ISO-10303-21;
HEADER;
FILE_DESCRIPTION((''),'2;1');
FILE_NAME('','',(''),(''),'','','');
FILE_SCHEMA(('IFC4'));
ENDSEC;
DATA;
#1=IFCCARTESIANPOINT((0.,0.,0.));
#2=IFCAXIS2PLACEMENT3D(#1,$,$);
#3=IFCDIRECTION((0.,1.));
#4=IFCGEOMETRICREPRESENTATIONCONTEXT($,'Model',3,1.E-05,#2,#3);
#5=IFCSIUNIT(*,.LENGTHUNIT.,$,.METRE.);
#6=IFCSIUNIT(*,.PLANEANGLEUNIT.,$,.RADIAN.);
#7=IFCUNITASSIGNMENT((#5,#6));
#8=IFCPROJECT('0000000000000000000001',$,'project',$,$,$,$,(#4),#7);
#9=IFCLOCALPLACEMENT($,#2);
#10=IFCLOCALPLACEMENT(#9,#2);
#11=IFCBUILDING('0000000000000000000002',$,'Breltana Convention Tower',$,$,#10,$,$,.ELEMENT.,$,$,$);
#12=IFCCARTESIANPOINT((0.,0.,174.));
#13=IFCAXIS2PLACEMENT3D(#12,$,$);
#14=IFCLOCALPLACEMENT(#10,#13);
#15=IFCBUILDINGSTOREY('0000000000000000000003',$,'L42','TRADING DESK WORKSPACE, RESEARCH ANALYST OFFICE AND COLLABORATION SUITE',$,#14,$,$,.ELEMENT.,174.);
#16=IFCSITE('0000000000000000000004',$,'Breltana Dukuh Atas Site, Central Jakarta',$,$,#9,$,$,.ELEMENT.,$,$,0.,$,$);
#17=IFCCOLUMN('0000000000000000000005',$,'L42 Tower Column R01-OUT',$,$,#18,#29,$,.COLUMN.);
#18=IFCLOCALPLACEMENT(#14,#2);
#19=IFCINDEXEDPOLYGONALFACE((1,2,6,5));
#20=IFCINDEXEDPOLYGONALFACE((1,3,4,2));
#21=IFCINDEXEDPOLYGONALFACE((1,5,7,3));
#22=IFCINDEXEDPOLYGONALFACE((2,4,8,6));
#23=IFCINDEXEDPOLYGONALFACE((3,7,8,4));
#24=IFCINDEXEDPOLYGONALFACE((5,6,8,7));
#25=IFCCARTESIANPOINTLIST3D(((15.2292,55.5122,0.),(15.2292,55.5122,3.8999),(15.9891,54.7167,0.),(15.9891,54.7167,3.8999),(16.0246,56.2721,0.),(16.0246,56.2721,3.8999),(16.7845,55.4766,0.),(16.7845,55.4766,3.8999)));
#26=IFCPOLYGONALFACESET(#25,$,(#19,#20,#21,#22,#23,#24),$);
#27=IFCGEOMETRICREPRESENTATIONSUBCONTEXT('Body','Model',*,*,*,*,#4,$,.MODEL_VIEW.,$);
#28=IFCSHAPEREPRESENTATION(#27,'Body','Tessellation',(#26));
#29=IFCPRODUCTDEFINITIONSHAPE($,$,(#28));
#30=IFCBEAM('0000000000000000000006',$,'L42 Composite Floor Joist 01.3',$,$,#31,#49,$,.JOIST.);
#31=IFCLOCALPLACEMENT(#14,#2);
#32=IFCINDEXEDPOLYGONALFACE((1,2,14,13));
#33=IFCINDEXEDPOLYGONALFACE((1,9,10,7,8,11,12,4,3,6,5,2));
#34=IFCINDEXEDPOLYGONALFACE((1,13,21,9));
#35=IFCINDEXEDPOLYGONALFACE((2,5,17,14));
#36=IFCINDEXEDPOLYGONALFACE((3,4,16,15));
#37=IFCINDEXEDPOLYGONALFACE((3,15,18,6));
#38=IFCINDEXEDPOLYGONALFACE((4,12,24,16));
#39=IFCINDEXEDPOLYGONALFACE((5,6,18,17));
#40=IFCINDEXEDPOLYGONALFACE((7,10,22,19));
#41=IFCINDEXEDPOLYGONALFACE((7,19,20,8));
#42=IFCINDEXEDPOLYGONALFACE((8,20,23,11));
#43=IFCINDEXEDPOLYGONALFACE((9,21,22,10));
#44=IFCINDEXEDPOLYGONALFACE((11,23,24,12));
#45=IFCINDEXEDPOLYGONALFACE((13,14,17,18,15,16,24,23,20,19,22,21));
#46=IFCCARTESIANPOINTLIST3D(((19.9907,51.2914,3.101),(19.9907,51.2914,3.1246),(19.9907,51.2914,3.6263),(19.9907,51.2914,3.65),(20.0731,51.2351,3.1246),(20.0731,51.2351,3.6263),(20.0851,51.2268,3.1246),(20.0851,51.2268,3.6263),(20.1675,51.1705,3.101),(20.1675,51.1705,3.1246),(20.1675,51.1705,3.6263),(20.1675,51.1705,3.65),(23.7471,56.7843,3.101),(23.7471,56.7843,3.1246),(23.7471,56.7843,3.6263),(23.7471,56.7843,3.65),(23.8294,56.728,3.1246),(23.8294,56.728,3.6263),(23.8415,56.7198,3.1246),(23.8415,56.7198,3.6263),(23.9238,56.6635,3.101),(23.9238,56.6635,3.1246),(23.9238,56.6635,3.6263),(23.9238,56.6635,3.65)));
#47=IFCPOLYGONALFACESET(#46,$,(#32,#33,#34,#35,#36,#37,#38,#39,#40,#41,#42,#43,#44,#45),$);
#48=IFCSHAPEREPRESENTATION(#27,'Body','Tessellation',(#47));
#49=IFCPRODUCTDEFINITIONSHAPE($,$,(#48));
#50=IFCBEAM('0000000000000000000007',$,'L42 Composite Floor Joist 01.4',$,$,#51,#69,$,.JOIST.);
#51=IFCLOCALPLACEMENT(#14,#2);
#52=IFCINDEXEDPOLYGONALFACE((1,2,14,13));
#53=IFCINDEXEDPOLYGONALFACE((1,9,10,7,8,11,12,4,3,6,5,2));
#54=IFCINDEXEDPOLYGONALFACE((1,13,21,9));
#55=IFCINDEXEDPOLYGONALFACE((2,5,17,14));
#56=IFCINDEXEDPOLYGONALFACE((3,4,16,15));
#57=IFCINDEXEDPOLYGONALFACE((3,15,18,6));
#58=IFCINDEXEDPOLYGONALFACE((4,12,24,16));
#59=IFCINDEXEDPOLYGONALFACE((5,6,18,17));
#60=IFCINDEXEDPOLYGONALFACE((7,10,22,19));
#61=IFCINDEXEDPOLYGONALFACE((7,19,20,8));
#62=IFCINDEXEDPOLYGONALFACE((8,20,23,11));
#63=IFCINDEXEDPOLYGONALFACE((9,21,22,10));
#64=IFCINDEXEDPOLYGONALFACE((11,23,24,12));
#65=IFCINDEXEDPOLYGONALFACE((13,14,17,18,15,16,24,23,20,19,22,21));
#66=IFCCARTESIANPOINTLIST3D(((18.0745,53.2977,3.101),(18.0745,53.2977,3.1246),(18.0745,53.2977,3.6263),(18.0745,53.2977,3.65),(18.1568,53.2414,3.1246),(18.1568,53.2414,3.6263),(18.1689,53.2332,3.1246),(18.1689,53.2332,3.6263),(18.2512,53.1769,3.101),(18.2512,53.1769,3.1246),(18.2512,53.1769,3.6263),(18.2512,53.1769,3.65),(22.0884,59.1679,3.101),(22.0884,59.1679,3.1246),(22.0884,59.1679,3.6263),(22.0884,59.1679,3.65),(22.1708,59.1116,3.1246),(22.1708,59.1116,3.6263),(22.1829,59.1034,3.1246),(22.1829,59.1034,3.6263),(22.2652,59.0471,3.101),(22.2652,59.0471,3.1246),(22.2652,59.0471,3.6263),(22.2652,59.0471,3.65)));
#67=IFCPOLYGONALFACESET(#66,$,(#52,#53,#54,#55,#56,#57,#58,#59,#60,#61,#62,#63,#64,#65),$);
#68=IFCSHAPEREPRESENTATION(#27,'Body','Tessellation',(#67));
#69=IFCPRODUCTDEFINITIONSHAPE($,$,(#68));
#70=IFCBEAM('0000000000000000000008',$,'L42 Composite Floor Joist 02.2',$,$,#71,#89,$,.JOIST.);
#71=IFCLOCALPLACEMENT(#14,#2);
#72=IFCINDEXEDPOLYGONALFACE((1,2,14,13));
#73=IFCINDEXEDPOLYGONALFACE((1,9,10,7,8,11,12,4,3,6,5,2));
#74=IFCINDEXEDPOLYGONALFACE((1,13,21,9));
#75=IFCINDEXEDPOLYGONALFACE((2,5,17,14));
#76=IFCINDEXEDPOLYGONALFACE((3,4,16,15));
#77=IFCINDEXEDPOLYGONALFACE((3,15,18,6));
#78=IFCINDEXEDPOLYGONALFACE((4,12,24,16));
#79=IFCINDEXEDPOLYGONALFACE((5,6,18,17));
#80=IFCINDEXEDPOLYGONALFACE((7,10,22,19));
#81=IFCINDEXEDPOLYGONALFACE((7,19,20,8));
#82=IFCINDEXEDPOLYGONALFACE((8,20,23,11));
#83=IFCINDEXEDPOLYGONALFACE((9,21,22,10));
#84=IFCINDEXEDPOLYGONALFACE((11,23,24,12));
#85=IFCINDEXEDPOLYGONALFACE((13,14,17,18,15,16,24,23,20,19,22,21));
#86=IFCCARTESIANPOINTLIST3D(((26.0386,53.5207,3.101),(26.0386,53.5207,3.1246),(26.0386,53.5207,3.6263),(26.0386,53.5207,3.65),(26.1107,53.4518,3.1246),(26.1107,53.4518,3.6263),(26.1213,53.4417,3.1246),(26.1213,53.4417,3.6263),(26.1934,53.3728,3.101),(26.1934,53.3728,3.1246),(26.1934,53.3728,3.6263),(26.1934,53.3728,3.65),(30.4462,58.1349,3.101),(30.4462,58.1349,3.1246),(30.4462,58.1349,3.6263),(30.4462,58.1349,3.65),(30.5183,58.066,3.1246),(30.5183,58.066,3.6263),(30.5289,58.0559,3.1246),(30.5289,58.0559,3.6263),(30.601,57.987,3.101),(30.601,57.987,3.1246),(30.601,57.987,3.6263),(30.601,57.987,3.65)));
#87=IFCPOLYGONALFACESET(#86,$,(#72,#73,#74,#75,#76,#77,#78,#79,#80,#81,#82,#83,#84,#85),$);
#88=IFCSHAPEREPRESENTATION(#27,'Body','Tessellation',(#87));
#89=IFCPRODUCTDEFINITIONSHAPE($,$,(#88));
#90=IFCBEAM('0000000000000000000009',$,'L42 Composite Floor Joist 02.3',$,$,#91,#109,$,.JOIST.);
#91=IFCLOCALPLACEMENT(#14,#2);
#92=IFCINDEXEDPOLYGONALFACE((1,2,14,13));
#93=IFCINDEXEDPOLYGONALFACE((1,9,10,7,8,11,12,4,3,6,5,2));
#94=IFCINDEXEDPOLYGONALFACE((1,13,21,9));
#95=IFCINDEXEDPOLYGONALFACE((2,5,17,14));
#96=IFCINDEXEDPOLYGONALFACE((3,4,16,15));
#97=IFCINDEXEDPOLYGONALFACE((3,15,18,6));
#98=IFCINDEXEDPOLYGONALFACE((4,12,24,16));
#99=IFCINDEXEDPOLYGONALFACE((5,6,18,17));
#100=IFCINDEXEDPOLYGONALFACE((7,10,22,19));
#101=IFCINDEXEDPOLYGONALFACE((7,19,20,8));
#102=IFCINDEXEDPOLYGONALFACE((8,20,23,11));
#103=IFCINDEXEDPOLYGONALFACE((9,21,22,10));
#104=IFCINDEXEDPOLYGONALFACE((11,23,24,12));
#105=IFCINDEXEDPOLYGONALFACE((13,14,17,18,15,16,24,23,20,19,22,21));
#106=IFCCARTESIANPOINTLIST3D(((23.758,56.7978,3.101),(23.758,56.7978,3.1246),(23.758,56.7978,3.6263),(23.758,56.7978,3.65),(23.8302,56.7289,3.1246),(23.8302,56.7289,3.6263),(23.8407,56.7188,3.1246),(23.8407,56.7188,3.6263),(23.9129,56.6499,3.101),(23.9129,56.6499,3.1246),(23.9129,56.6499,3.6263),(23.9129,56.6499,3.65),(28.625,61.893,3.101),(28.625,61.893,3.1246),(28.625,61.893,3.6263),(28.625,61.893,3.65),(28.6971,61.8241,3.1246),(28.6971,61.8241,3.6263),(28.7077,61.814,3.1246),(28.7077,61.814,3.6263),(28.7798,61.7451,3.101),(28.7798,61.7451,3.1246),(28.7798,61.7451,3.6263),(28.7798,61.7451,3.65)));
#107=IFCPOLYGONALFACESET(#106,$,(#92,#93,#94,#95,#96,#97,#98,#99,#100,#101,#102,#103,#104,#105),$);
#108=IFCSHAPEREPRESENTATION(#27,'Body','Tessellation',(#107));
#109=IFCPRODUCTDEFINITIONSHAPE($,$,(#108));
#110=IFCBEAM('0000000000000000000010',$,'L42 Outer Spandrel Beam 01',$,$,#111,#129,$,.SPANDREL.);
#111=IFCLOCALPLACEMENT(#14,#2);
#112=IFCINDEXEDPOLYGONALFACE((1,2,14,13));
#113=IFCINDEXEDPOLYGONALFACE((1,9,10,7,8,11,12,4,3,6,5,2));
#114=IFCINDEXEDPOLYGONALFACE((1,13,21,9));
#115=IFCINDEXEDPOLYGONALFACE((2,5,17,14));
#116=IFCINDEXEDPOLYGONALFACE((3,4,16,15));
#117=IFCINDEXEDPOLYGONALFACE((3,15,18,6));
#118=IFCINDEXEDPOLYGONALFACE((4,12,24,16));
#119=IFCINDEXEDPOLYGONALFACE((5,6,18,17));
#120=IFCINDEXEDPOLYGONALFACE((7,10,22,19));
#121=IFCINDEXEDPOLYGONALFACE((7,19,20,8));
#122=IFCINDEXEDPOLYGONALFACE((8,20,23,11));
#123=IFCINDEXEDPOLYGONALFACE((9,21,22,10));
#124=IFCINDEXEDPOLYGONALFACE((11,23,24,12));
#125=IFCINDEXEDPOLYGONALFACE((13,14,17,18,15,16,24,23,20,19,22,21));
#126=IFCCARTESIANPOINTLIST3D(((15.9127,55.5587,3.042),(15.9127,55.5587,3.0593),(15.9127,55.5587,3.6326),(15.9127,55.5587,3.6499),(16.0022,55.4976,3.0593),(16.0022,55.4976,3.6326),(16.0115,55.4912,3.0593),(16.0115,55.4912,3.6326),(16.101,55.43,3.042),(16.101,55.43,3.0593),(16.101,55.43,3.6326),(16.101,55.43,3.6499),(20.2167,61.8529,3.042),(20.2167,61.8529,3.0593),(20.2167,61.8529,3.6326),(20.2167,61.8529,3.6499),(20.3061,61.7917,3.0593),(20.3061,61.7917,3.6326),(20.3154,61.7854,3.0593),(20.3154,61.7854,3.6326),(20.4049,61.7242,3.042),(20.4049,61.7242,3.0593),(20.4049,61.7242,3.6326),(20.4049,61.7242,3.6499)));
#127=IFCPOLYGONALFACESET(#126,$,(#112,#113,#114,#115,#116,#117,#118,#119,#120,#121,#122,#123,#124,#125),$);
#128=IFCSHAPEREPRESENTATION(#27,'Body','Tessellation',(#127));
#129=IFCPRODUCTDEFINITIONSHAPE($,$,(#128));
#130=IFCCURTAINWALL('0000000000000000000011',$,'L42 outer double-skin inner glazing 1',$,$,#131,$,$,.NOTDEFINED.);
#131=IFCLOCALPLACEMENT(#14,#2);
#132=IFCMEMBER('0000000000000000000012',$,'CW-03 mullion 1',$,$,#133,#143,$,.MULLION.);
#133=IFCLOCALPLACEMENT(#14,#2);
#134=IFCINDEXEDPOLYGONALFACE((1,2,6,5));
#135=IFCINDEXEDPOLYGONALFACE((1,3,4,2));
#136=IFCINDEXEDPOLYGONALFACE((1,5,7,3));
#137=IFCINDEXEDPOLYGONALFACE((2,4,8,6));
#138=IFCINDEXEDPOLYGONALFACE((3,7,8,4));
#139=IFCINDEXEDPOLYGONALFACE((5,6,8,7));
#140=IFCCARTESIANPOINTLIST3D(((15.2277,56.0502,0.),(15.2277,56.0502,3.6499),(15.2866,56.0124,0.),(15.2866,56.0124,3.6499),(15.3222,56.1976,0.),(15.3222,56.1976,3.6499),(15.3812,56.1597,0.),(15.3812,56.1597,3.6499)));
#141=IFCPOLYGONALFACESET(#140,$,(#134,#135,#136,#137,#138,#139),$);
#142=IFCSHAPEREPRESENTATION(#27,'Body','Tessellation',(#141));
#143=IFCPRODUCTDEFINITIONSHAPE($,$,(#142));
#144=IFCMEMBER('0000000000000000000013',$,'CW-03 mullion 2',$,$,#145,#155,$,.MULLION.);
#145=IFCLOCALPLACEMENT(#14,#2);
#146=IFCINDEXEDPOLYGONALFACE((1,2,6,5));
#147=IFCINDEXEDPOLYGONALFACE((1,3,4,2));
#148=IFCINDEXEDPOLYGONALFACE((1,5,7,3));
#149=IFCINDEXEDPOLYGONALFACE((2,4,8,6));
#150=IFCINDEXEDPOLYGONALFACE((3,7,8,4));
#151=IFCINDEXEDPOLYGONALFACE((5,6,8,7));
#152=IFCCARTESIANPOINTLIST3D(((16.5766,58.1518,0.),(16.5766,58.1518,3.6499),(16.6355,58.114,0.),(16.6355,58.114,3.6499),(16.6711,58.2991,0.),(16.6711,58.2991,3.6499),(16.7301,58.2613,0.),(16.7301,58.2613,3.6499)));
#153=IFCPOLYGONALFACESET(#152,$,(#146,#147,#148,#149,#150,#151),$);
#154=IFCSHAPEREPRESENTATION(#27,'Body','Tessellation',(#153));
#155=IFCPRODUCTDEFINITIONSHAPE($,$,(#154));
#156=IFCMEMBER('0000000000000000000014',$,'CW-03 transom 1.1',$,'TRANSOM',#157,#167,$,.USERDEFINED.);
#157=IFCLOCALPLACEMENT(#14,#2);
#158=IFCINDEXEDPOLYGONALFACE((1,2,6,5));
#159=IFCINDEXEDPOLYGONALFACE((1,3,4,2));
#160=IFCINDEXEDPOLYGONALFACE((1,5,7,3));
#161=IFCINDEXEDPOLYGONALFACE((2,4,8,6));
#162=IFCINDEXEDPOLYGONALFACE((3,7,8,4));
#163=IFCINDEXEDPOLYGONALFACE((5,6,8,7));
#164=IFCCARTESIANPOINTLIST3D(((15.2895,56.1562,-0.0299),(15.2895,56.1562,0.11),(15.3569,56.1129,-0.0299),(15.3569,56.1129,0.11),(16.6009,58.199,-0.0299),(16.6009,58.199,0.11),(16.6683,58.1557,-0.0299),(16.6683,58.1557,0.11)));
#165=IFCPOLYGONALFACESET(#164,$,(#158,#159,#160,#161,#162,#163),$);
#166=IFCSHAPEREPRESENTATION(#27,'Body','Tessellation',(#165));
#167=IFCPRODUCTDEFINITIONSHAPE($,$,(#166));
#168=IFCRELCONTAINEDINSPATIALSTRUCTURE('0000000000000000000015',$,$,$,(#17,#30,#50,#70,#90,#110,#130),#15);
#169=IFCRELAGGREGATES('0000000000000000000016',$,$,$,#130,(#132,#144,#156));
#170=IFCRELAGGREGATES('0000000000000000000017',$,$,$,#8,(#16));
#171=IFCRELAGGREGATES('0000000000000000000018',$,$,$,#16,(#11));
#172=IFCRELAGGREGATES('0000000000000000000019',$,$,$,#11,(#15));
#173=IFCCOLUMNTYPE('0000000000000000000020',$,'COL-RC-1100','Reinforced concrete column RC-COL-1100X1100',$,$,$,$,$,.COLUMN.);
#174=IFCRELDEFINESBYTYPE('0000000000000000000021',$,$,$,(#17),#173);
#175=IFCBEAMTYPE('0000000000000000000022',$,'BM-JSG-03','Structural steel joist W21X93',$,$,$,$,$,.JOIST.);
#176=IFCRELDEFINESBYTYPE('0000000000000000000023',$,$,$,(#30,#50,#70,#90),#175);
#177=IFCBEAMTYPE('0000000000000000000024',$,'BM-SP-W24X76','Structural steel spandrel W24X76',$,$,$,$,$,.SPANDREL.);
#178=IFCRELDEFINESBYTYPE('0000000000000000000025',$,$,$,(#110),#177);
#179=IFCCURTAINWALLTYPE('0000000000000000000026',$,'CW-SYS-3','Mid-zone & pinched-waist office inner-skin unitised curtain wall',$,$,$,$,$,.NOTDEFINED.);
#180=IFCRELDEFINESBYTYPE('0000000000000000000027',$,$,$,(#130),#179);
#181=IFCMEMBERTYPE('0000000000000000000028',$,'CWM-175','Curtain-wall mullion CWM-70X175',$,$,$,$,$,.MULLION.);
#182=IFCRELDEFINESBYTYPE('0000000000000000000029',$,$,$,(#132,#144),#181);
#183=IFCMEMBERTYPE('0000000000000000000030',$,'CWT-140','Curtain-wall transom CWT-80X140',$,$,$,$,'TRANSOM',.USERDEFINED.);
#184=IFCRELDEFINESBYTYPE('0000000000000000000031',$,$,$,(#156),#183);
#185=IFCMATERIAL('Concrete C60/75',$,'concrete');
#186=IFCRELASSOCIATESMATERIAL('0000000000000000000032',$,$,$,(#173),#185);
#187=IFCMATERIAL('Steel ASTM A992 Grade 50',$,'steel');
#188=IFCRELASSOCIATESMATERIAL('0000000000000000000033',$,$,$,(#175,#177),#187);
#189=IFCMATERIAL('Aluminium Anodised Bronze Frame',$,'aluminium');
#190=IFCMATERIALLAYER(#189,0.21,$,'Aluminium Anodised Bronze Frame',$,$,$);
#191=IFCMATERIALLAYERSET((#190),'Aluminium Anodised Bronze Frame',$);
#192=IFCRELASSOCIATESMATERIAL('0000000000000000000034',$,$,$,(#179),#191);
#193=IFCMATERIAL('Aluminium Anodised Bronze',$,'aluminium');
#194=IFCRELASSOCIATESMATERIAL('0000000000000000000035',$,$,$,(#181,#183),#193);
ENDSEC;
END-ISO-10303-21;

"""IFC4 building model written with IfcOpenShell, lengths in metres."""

from ifc_helpers import new_model, si_unit, direction, frame, origin, origin_2d, place, context, subcontext, project, spatial, rectangle, i_section, extrude, source, transform, mapped, material, layer, layer_set, material_profile, profile_set, type_object, type_shapes, element, aggregate, save


model = new_model("IFC4")

# Units and contexts
model_context = context("Model", 3, precision=1e-05, world=origin(), true_north=direction((0.0, 1.0)))
body_context = subcontext(model_context, "Body", "Model", "MODEL_VIEW")
ifc_project = project(units=[si_unit("LENGTHUNIT", "METRE"), si_unit("PLANEANGLEUNIT", "RADIAN")], contexts=[model_context])

# Site, building, storey
site_placement = place(None, origin())
site = spatial("IfcSite", under=ifc_project, at=site_placement, Name="Breltana Dukuh Atas Site, Central Jakarta", CompositionType="ELEMENT", RefElevation=0.0)
building_placement = place(site_placement, origin())
building = spatial("IfcBuilding", under=site, at=building_placement, Name="Breltana Convention Tower", CompositionType="ELEMENT")
storey_placement = place(building_placement, frame((0.0, 0.0, 174.0)))
storey = spatial("IfcBuildingStorey", under=building, at=storey_placement, Name="L42", Description="TRADING DESK WORKSPACE, RESEARCH ANALYST OFFICE AND COLLABORATION SUITE", CompositionType="ELEMENT", Elevation=174.0)

# Column
ifc_material_1 = material(Name="Concrete C60/75", Category="concrete")
ifc_material_profile_1 = material_profile(ifc_material_1, rectangle(XDim=1.1001, YDim=1.1001, at=origin_2d()), Name="RC-COL-1100X1100")
ifc_profile_set_1 = profile_set([ifc_material_profile_1], Name="Concrete C60/75")
column_type = type_object("IfcColumnType", Name="COL-RC-1100", Description="Reinforced concrete column RC-COL-1100X1100", PredefinedType="COLUMN", material=ifc_profile_set_1)
shared_shape_1 = source(origin(), body_context, "Body", "SweptSolid", [
    extrude(rectangle(XDim=1.1001, YDim=1.1001, at=origin_2d()), origin(), (0.0, 0.0, 1.0), 3.8999),
])
column_placement = place(storey_placement, frame((16.0068, 55.4944, 0.0), z_axis=(0.0, 0.0, 1.0), x_axis=(-0.690756, 0.723088, 0.0)))
element("IfcColumn", 1, at=column_placement, inside=storey, type_object=column_type, Name="L42 Tower Column R01-OUT", PredefinedType="COLUMN", context=body_context, shape_type="MappedRepresentation", body=[
    mapped(shared_shape_1, transform((0.0, 0.0, 0.0), scale=1.0)),
])

# Beams
ifc_material_2 = material(Name="Steel ASTM A992 Grade 50", Category="steel")
ifc_material_profile_2 = material_profile(ifc_material_2, i_section(OverallWidth=0.2141, OverallDepth=0.5491, WebThickness=0.0146, FlangeThickness=0.0237, at=origin_2d()), Name="W21X93")
ifc_profile_set_2 = profile_set([ifc_material_profile_2], Name="Steel ASTM A992 Grade 50")
beam_type_1 = type_object("IfcBeamType", Name="BM-JSG-03", Description="Structural steel joist W21X93", PredefinedType="JOIST", material=ifc_profile_set_2)
shared_shape_2 = source(origin(), body_context, "Body", "SweptSolid", [
    extrude(i_section(OverallWidth=0.2141, OverallDepth=0.5491, WebThickness=0.0146, FlangeThickness=0.0237, at=origin_2d()), origin(), (0.0, 0.0, 1.0), 6.6545),
])
beam_1_placement = place(storey_placement, frame((20.0791, 51.231, 3.3755), z_axis=(0.564483, 0.825445, 0.0), x_axis=(-0.825445, 0.564483, 0.0)))
element("IfcBeam", 2, at=beam_1_placement, inside=storey, type_object=beam_type_1, Name="L42 Composite Floor Joist 01.3", PredefinedType="JOIST", context=body_context, shape_type="MappedRepresentation", body=[
    mapped(shared_shape_2, transform((0.0, 0.0, 0.0), scale=1.0)),
])
shared_shape_3 = source(origin(), body_context, "Body", "SweptSolid", [
    extrude(i_section(OverallWidth=0.2141, OverallDepth=0.5491, WebThickness=0.0146, FlangeThickness=0.0237, at=origin_2d()), origin(), (0.0, 0.0, 1.0), 7.1113),
])
beam_2_placement = place(storey_placement, frame((18.1628, 53.2373, 3.3755), z_axis=(0.564446, 0.82547, 0.0), x_axis=(-0.82547, 0.564446, 0.0)))
element("IfcBeam", 3, at=beam_2_placement, inside=storey, type_object=beam_type_1, Name="L42 Composite Floor Joist 01.4", PredefinedType="JOIST", context=body_context, shape_type="MappedRepresentation", body=[
    mapped(shared_shape_3, transform((0.0, 0.0, 0.0), scale=1.0)),
])
shared_shape_4 = source(origin(), body_context, "Body", "SweptSolid", [
    extrude(i_section(OverallWidth=0.2141, OverallDepth=0.5491, WebThickness=0.0146, FlangeThickness=0.0237, at=origin_2d()), origin(), (0.0, 0.0, 1.0), 6.3811),
])
beam_3_placement = place(storey_placement, frame((26.116, 53.4468, 3.3755), z_axis=(0.690738, 0.723105, 0.0), x_axis=(-0.723105, 0.690738, 0.0)))
element("IfcBeam", 4, at=beam_3_placement, inside=storey, type_object=beam_type_1, Name="L42 Composite Floor Joist 02.2", PredefinedType="JOIST", context=body_context, shape_type="MappedRepresentation", body=[
    mapped(shared_shape_4, transform((0.0, 0.0, 0.0), scale=1.0)),
])
shared_shape_5 = source(origin(), body_context, "Body", "SweptSolid", [
    extrude(i_section(OverallWidth=0.2141, OverallDepth=0.5491, WebThickness=0.0146, FlangeThickness=0.0237, at=origin_2d()), origin(), (0.0, 0.0, 1.0), 7.0461),
])
beam_4_placement = place(storey_placement, frame((23.8354, 56.7239, 3.3755), z_axis=(0.690723, 0.72312, 0.0), x_axis=(-0.72312, 0.690723, 0.0)))
element("IfcBeam", 5, at=beam_4_placement, inside=storey, type_object=beam_type_1, Name="L42 Composite Floor Joist 02.3", PredefinedType="JOIST", context=body_context, shape_type="MappedRepresentation", body=[
    mapped(shared_shape_5, transform((0.0, 0.0, 0.0), scale=1.0)),
])
ifc_material_profile_3 = material_profile(ifc_material_2, i_section(OverallWidth=0.228, OverallDepth=0.6079, WebThickness=0.0112, FlangeThickness=0.0173, at=origin_2d()), Name="W24X76")
ifc_profile_set_3 = profile_set([ifc_material_profile_3], Name="Steel ASTM A992 Grade 50")
beam_type_2 = type_object("IfcBeamType", Name="BM-SP-W24X76", Description="Structural steel spandrel W24X76", PredefinedType="SPANDREL", material=ifc_profile_set_3)
shared_shape_6 = source(origin(), body_context, "Body", "SweptSolid", [
    extrude(i_section(OverallWidth=0.228, OverallDepth=0.6079, WebThickness=0.0112, FlangeThickness=0.0173, at=origin_2d()), origin(), (0.0, 0.0, 1.0), 7.625),
])
type_shapes(beam_type_2, [shared_shape_6])
beam_5_placement = place(storey_placement, frame((16.0068, 55.4944, 3.3459), z_axis=(0.564452, 0.825466, 0.0), x_axis=(-0.825466, 0.564452, 0.0)))
element("IfcBeam", 6, at=beam_5_placement, inside=storey, type_object=beam_type_2, Name="L42 Outer Spandrel Beam 01", PredefinedType="SPANDREL", context=body_context, shape_type="MappedRepresentation", body=[
    mapped(shared_shape_6, transform((0.0, 0.0, 0.0), scale=1.0)),
])

# Curtain wall, members
ifc_material_3 = material(Name="Aluminium Anodised Bronze Frame", Category="aluminium")
ifc_layer_1 = layer(ifc_material_3, 0.21, Name="Aluminium Anodised Bronze Frame")
ifc_layer_set_1 = layer_set([ifc_layer_1], Name="Aluminium Anodised Bronze Frame")
curtain_wall_type = type_object("IfcCurtainWallType", Name="CW-SYS-3", Description="Mid-zone & pinched-waist office inner-skin unitised curtain wall", PredefinedType="NOTDEFINED", material=ifc_layer_set_1)
curtain_wall_placement = place(storey_placement, origin())
curtain_wall = element("IfcCurtainWall", 7, at=curtain_wall_placement, inside=storey, type_object=curtain_wall_type, Name="L42 outer double-skin inner glazing 1", PredefinedType="NOTDEFINED")
ifc_material_4 = material(Name="Aluminium Anodised Bronze", Category="aluminium")
ifc_material_profile_4 = material_profile(ifc_material_4, rectangle(XDim=0.0701, YDim=0.175, at=origin_2d()), Name="CWM-70X175")
ifc_profile_set_4 = profile_set([ifc_material_profile_4], Name="Aluminium Anodised Bronze")
member_type_1 = type_object("IfcMemberType", Name="CWM-175", Description="Curtain-wall mullion CWM-70X175", PredefinedType="MULLION", material=ifc_profile_set_4)
shared_shape_7 = source(origin(), body_context, "Body", "SweptSolid", [
    extrude(rectangle(XDim=0.0701, YDim=0.175, at=origin_2d()), origin(), (0.0, 0.0, 1.0), 3.6499),
])
member_1_placement = place(storey_placement, frame((15.3044, 56.105, 0.0), z_axis=(0.0, 0.0, 1.0), x_axis=(-0.841554, 0.540173, 0.0)))
member_1 = element("IfcMember", 8, at=member_1_placement, type_object=member_type_1, Name="CW-03 mullion 1", PredefinedType="MULLION", context=body_context, shape_type="MappedRepresentation", body=[
    mapped(shared_shape_7, transform((0.0, 0.0, 0.0), scale=1.0)),
])
member_2_placement = place(storey_placement, frame((16.6533, 58.2065, 0.0), z_axis=(0.0, 0.0, 1.0), x_axis=(-0.841554, 0.540173, 0.0)))
member_2 = element("IfcMember", 9, at=member_2_placement, type_object=member_type_1, Name="CW-03 mullion 2", PredefinedType="MULLION", context=body_context, shape_type="MappedRepresentation", body=[
    mapped(shared_shape_7, transform((0.0, 0.0, 0.0), scale=1.0)),
])
ifc_material_profile_5 = material_profile(ifc_material_4, rectangle(XDim=0.0801, YDim=0.1399, at=origin_2d()), Name="CWT-80X140")
ifc_profile_set_5 = profile_set([ifc_material_profile_5], Name="Aluminium Anodised Bronze")
member_type_2 = type_object("IfcMemberType", Name="CWT-140", Description="Curtain-wall transom CWT-80X140", ElementType="TRANSOM", PredefinedType="USERDEFINED", material=ifc_profile_set_5)
shared_shape_8 = source(origin(), body_context, "Body", "SweptSolid", [
    extrude(rectangle(XDim=0.0801, YDim=0.1399, at=origin_2d()), origin(), (0.0, 0.0, 1.0), 2.4275),
])
member_3_placement = place(storey_placement, frame((15.3232, 56.1345, 0.04), z_axis=(0.540203, 0.841534, 0.0), x_axis=(-0.841534, 0.540203, 0.0)))
member_3 = element("IfcMember", 10, at=member_3_placement, type_object=member_type_2, Name="CW-03 transom 1.1", ObjectType="TRANSOM", PredefinedType="USERDEFINED", context=body_context, shape_type="MappedRepresentation", body=[
    mapped(shared_shape_8, transform((0.0, 0.0, 0.0), scale=1.0)),
])
aggregate(curtain_wall, [member_1, member_2, member_3])

save(model, "model.ifc")
